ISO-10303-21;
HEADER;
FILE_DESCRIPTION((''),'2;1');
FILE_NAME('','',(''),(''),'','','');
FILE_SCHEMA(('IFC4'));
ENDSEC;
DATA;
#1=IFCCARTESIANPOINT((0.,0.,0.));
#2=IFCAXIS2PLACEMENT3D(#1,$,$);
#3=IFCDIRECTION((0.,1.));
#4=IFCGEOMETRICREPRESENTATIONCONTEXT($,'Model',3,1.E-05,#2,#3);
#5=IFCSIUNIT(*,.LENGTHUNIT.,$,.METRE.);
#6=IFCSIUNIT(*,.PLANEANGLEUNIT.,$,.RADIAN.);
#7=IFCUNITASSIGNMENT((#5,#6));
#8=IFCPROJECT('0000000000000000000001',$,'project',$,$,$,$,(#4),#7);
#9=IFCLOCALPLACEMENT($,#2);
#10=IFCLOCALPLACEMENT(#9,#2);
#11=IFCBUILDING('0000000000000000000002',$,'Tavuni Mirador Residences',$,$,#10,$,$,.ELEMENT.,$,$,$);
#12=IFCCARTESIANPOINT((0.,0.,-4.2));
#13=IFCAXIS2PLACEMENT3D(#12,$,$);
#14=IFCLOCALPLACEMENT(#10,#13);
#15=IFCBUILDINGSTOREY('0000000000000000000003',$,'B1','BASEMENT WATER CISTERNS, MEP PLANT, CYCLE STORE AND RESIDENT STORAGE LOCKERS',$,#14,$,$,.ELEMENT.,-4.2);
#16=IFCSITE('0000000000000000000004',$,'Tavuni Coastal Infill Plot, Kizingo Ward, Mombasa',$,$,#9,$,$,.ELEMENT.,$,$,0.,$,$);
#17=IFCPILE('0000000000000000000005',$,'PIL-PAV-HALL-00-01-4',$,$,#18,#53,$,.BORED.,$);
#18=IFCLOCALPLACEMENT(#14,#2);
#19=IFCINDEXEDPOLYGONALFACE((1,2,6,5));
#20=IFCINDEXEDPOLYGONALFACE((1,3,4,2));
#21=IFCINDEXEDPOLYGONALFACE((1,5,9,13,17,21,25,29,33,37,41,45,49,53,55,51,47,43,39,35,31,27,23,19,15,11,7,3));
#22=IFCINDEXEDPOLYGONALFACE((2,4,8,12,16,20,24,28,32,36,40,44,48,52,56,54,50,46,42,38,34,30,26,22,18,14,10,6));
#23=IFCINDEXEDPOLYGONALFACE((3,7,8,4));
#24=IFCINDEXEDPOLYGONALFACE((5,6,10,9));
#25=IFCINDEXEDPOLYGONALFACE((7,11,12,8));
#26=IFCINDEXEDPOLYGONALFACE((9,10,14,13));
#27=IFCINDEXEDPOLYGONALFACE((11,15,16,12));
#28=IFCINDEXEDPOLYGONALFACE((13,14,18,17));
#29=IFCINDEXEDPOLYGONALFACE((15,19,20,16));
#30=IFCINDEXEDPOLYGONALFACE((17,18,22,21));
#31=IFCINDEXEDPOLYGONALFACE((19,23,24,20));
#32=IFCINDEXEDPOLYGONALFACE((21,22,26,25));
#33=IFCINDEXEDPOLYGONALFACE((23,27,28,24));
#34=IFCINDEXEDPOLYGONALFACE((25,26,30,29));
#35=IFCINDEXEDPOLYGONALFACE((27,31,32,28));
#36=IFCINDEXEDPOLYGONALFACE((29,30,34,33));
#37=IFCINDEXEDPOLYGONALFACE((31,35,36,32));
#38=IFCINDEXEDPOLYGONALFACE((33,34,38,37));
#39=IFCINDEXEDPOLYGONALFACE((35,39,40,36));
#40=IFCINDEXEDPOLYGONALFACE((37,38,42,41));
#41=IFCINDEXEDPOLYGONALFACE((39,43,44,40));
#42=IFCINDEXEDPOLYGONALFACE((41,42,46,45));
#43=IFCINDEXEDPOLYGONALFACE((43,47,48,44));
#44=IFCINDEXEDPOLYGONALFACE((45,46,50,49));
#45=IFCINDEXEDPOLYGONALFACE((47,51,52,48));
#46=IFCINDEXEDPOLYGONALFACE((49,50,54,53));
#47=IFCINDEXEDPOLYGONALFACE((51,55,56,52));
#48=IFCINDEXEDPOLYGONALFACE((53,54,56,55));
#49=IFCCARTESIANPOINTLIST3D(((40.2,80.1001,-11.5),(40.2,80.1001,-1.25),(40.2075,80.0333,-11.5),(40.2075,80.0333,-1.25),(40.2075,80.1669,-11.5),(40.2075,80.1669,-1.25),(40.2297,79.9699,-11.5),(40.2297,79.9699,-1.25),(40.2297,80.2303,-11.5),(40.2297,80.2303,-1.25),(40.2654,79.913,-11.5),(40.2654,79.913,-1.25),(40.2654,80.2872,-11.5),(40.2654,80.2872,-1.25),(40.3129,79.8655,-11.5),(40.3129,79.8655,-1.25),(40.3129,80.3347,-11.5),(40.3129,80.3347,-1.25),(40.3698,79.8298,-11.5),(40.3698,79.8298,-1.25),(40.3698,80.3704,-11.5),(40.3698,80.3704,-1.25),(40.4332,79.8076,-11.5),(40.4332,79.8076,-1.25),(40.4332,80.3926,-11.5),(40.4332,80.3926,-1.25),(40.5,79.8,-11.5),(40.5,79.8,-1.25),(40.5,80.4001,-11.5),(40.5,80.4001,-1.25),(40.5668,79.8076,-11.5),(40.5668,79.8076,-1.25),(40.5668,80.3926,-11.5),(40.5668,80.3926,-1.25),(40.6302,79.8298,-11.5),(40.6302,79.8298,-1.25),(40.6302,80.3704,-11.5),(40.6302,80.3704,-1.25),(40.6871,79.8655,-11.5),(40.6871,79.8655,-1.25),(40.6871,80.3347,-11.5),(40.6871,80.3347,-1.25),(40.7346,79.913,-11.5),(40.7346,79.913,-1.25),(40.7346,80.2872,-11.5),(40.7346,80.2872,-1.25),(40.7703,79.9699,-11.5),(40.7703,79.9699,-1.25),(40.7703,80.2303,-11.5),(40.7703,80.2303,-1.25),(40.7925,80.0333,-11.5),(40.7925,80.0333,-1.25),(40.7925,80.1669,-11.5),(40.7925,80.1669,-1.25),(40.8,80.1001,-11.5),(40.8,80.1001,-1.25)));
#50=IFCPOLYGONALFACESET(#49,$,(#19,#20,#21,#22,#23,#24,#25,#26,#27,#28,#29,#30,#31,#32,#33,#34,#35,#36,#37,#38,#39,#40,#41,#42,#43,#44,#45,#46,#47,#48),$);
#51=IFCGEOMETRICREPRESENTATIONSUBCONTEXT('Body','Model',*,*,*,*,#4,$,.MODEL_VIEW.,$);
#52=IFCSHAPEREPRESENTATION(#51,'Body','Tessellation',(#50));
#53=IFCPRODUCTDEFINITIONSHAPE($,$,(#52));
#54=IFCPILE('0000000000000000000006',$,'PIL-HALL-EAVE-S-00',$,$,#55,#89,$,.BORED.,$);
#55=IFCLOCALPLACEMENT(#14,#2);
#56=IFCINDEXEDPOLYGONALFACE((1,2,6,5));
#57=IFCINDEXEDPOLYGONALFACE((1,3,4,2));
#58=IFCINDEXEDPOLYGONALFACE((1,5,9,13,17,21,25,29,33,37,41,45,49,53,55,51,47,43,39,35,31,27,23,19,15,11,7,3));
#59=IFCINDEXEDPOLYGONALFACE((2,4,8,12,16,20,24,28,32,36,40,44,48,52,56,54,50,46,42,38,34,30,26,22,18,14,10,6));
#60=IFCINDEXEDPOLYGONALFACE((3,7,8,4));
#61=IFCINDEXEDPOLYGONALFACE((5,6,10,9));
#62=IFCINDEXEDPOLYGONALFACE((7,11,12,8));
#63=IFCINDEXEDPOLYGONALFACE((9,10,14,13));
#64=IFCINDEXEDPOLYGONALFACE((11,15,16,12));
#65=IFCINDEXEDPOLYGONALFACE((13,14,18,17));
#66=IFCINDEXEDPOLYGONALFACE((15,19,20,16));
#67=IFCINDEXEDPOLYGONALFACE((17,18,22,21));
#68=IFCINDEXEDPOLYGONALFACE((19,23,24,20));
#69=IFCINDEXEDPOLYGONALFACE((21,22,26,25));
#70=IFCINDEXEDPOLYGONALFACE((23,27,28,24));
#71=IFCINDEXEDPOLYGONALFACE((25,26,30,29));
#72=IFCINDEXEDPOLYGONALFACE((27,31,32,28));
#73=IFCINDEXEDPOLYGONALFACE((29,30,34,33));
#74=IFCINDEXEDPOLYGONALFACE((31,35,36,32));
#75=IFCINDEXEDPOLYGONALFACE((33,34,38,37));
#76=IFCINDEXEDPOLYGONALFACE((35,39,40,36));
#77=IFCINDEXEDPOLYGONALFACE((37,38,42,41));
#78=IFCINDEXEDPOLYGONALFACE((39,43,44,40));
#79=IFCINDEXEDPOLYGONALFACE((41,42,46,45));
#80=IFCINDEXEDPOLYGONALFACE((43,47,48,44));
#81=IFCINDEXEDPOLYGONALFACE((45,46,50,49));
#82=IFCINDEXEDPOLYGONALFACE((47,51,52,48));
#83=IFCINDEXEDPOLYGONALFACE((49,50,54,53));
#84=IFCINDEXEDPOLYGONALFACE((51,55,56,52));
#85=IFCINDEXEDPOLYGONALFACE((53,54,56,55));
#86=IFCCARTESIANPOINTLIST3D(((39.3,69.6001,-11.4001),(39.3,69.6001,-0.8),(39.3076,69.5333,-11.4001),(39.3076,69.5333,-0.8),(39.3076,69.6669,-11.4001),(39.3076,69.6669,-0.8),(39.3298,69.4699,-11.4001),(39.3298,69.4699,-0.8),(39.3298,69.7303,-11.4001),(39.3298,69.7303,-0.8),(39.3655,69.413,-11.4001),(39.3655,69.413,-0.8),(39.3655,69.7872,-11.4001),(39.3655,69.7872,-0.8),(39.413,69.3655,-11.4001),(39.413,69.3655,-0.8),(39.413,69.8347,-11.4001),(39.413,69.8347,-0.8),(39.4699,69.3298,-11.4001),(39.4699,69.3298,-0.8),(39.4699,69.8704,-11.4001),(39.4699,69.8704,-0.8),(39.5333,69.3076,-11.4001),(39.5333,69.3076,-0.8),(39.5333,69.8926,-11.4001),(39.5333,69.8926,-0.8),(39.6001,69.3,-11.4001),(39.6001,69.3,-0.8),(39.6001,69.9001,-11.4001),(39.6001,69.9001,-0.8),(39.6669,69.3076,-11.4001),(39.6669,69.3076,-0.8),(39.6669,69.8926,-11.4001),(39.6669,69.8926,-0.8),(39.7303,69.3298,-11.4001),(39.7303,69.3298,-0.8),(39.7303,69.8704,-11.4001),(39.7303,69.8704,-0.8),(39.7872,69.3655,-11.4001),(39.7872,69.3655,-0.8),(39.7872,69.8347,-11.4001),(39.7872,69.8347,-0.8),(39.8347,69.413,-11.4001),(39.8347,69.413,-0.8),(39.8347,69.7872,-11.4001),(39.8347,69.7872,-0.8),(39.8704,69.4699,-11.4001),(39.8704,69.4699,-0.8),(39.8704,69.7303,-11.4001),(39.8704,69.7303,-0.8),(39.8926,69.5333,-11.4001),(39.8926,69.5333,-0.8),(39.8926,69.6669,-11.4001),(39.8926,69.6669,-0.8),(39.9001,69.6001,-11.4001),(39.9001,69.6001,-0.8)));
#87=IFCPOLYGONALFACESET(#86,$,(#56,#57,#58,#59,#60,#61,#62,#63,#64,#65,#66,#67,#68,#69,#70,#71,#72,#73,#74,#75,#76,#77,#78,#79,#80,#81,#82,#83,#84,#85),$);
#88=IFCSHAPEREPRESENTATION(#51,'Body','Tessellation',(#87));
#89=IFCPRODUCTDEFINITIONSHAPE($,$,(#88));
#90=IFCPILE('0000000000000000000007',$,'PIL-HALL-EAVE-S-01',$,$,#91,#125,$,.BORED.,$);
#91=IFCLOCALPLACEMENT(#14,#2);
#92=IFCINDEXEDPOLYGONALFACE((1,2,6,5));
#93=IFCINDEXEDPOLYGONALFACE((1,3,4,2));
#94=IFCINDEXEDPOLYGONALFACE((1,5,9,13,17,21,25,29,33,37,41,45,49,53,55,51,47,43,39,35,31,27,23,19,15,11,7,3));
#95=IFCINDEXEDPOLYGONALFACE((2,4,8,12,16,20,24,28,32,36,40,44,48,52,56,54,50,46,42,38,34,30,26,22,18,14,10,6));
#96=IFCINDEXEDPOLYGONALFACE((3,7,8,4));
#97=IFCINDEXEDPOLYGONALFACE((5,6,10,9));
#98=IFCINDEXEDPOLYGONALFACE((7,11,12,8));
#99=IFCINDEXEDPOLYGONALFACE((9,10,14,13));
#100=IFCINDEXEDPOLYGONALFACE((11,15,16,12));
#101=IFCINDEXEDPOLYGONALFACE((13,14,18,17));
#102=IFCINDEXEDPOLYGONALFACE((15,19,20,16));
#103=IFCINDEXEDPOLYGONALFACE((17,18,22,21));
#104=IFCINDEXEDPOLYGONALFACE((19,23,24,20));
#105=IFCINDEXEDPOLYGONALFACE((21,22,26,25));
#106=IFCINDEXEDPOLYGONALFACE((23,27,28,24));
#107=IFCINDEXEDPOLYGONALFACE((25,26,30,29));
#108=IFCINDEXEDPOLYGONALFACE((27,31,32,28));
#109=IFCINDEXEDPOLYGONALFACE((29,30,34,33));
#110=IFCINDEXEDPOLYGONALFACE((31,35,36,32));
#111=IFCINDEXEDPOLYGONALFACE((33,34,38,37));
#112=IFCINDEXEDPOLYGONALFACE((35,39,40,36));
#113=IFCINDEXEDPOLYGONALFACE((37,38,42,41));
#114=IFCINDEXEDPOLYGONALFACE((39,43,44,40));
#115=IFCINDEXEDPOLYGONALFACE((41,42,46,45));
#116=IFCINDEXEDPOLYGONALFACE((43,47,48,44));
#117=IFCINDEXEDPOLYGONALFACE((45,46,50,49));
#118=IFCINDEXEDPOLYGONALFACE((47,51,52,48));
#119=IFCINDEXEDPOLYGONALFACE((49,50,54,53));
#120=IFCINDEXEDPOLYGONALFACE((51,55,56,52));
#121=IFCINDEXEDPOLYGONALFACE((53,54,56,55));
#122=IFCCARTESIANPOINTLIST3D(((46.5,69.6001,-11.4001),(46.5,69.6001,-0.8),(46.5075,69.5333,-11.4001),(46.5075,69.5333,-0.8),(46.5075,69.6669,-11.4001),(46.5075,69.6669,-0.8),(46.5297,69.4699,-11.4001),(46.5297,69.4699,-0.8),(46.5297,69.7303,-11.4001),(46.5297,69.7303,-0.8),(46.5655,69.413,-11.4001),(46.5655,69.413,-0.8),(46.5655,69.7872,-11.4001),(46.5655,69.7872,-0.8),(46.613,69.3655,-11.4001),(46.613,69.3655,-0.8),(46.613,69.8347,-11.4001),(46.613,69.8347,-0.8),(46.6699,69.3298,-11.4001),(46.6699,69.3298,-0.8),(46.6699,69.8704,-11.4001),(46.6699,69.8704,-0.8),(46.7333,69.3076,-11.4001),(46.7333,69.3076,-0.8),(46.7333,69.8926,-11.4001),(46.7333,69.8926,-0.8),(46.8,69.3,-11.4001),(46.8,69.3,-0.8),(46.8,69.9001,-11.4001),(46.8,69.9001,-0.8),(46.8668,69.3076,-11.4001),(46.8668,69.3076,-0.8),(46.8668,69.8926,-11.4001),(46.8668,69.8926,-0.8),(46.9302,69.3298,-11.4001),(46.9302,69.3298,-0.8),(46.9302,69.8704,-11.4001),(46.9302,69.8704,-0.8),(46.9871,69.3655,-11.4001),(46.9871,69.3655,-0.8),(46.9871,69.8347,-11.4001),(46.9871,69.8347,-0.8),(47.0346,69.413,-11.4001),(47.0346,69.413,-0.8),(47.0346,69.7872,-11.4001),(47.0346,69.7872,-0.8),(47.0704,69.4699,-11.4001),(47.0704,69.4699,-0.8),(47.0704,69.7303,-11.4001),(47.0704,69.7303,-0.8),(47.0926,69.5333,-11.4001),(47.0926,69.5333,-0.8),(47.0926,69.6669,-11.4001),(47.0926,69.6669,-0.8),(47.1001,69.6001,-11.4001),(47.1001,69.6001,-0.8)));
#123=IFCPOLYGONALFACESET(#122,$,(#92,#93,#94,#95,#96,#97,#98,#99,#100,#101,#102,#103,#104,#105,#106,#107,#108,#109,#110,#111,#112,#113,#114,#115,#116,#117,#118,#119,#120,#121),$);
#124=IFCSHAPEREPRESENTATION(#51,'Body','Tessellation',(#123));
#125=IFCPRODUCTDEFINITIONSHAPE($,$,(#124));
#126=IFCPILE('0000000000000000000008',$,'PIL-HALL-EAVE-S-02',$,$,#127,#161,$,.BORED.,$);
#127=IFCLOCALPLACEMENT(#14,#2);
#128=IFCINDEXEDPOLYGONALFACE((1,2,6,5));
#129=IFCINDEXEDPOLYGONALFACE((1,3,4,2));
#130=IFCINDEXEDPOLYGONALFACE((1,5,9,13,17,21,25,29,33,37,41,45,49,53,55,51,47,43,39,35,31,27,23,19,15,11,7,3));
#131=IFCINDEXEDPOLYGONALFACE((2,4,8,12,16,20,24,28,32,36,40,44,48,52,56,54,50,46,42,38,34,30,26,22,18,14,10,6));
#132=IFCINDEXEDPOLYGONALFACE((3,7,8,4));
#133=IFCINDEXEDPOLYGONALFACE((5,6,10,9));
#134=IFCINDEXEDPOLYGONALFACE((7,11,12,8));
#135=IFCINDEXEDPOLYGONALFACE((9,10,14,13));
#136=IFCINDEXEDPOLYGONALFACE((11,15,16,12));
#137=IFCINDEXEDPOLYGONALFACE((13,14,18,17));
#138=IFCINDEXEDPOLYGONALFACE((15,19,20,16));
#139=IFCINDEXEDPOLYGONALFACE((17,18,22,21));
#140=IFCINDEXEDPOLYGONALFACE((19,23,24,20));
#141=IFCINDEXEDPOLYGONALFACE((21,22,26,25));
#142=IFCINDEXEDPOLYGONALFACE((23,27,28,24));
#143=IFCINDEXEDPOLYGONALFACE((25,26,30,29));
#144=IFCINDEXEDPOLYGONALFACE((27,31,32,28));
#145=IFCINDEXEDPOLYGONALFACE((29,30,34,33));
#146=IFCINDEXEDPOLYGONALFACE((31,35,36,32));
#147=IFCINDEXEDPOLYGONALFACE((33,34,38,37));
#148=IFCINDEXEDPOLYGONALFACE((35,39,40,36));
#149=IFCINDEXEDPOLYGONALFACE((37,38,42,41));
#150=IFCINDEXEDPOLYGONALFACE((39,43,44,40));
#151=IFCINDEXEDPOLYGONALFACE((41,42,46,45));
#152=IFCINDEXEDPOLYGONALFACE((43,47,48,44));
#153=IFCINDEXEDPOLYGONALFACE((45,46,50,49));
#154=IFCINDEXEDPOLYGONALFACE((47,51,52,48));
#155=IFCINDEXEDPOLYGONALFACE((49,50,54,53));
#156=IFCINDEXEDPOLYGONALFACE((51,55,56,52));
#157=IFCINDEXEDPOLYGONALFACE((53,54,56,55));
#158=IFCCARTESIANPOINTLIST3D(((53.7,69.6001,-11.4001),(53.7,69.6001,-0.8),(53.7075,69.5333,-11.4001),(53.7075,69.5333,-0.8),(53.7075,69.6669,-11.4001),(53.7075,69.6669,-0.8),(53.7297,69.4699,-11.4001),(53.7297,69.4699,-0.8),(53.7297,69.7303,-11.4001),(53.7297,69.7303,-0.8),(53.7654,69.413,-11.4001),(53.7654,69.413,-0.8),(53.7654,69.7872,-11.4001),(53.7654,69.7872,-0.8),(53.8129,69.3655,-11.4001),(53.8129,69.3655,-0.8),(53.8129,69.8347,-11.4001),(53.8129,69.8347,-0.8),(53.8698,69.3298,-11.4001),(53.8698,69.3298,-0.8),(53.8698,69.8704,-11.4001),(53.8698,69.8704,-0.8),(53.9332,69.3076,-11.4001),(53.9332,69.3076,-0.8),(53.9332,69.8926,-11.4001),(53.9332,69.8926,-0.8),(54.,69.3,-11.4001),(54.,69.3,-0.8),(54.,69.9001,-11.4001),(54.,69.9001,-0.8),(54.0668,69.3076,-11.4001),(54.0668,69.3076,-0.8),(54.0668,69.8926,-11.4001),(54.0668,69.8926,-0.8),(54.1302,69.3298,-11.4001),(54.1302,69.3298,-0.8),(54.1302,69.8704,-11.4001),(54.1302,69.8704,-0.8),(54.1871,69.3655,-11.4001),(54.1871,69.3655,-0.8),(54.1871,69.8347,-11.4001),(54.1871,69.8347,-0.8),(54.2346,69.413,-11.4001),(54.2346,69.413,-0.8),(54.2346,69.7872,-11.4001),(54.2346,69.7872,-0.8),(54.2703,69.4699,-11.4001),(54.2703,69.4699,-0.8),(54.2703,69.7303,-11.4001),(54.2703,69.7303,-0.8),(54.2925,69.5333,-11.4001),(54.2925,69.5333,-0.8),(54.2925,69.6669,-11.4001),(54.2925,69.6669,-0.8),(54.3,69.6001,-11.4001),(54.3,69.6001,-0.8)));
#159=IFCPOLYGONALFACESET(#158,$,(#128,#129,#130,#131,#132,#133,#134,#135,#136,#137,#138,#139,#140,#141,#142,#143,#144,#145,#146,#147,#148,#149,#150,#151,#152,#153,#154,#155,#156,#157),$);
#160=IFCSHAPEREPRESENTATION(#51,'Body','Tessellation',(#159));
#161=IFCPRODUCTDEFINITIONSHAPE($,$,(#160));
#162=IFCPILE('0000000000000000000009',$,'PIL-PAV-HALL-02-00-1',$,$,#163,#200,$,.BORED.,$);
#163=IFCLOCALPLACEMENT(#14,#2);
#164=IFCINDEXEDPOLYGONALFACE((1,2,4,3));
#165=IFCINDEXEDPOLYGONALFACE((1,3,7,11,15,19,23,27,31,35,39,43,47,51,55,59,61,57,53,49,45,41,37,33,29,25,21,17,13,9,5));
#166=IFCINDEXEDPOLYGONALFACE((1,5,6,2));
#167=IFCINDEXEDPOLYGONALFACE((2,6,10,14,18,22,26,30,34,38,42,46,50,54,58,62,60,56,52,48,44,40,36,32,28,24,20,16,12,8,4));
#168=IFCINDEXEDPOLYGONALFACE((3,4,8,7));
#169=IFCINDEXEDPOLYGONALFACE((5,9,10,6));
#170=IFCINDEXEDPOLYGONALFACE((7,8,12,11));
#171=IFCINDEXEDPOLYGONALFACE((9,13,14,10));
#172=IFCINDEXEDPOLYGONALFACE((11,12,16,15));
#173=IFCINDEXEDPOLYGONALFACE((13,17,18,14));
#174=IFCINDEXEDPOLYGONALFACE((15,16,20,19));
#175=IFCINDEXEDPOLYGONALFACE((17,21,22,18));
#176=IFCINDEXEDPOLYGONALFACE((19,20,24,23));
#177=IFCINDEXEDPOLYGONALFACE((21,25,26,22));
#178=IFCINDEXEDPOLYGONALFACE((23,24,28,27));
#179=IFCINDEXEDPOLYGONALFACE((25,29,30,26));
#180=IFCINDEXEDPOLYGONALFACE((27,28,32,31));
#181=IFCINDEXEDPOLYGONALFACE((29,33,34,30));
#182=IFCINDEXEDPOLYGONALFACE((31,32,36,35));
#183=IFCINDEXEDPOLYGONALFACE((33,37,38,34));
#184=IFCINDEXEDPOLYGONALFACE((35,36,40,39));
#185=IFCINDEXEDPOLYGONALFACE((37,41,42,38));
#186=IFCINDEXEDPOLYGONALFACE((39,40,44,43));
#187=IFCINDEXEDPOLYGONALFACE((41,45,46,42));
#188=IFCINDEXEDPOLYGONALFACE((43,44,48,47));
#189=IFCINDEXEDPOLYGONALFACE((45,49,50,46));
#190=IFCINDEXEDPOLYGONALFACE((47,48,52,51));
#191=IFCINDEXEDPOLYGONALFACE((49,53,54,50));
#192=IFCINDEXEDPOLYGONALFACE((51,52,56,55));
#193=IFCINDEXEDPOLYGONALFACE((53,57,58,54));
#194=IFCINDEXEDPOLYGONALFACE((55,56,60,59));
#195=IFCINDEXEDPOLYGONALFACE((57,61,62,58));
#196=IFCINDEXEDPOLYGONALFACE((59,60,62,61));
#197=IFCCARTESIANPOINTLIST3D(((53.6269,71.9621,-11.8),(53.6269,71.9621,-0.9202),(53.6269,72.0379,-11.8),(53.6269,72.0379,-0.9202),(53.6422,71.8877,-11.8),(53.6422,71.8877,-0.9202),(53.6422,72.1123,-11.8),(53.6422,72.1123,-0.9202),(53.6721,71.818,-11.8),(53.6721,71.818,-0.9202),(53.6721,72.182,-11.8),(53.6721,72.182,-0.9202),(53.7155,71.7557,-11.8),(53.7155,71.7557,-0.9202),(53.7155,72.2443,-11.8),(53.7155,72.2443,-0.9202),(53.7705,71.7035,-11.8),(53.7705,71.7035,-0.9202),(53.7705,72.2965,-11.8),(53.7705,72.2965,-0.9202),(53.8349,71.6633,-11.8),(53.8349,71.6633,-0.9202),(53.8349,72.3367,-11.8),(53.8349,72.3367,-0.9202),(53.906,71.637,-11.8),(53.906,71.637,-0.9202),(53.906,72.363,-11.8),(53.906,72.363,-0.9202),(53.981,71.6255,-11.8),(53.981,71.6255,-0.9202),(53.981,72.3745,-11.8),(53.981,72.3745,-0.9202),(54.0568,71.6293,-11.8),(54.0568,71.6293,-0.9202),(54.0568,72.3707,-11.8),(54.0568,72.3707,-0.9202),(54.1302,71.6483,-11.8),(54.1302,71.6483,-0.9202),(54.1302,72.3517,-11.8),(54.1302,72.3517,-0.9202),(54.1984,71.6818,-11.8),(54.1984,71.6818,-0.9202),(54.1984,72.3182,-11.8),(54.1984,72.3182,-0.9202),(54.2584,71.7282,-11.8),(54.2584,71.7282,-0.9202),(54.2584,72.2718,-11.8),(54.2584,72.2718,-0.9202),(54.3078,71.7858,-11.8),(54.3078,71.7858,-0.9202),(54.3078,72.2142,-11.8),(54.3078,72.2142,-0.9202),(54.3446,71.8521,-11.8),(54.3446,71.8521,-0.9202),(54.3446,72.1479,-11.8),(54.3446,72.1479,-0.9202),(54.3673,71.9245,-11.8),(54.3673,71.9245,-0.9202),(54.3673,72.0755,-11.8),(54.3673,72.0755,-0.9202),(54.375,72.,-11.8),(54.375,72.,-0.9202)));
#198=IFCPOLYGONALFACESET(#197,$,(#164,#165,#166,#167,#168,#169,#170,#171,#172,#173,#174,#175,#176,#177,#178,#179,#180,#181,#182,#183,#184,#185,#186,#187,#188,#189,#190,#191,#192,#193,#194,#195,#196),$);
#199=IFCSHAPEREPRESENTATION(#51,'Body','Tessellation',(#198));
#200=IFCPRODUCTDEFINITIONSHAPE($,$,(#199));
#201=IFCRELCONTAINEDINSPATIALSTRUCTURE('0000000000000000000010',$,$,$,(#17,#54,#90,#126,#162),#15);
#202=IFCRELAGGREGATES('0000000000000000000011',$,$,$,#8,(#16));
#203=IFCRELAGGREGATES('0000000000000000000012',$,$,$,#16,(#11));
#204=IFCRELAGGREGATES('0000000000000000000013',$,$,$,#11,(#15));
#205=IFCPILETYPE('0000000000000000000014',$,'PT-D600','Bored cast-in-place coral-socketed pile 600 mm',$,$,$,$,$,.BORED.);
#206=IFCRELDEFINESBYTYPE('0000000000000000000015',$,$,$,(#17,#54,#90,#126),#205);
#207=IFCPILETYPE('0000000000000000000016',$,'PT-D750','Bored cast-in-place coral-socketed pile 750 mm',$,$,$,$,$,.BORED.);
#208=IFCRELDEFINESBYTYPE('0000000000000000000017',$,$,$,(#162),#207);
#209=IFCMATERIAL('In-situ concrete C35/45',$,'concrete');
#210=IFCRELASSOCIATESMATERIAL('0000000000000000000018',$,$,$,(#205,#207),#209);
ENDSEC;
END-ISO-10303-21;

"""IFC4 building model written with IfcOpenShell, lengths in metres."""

from ifc_helpers import new_model, si_unit, direction, frame, origin, origin_2d, place, context, subcontext, project, spatial, circle, extrude, material, material_profile, profile_set, type_object, element, save


model = new_model("IFC4")

# Units and contexts
model_context = context("Model", 3, precision=1e-05, world=origin(), true_north=direction((0.0, 1.0)))
body_context = subcontext(model_context, "Body", "Model", "MODEL_VIEW")
ifc_project = project(units=[si_unit("LENGTHUNIT", "METRE"), si_unit("PLANEANGLEUNIT", "RADIAN")], contexts=[model_context])

# Site, building, storey
site_placement = place(None, origin())
site = spatial("IfcSite", under=ifc_project, at=site_placement, Name="Tavuni Coastal Infill Plot, Kizingo Ward, Mombasa", CompositionType="ELEMENT", RefElevation=0.0)
building_placement = place(site_placement, origin())
building = spatial("IfcBuilding", under=site, at=building_placement, Name="Tavuni Mirador Residences", CompositionType="ELEMENT")
storey_placement = place(building_placement, frame((0.0, 0.0, -4.2)))
storey = spatial("IfcBuildingStorey", under=building, at=storey_placement, Name="B1", Description="BASEMENT WATER CISTERNS, MEP PLANT, CYCLE STORE AND RESIDENT STORAGE LOCKERS", CompositionType="ELEMENT", Elevation=-4.2)

# Shared definitions
ifc_material_1 = material(Name="In-situ concrete C35/45", Category="concrete")

# Piles
ifc_material_profile_1 = material_profile(ifc_material_1, circle(Radius=0.3, at=origin_2d()), Name="PILE D600", Category="concrete")
ifc_profile_set_1 = profile_set([ifc_material_profile_1], Name="In-situ concrete C35/45")
pile_type_1 = type_object("IfcPileType", Name="PT-D600", Description="Bored cast-in-place coral-socketed pile 600 mm", PredefinedType="BORED", material=ifc_profile_set_1)
for number, where, z_axis, x_axis, name in (
    (1, (40.5, 80.1001, -1.25), (0.0, 0.0, -1.0), (1.0, 0.0, 0.0), "PIL-PAV-HALL-00-01-4"),
):
    element("IfcPile", number, at=place(storey_placement, frame(where, z_axis=z_axis, x_axis=x_axis)), inside=storey, type_object=pile_type_1, Name=name, PredefinedType="BORED", context=body_context, shape_type="SweptSolid", body=[
        extrude(circle(Radius=0.3, at=origin_2d()), origin(), (0.0, 0.0, 1.0), 10.25),
    ])
for number, where, z_axis, x_axis, name in (
    (2, (39.6001, 69.6001, -0.8), (0.0, 0.0, -1.0), (1.0, 0.0, 0.0), "PIL-HALL-EAVE-S-00"),
    (3, (46.8, 69.6001, -0.8), (0.0, 0.0, -1.0), (1.0, 0.0, 0.0), "PIL-HALL-EAVE-S-01"),
    (4, (54.0, 69.6001, -0.8), (0.0, 0.0, -1.0), (1.0, 0.0, 0.0), "PIL-HALL-EAVE-S-02"),
):
    element("IfcPile", number, at=place(storey_placement, frame(where, z_axis=z_axis, x_axis=x_axis)), inside=storey, type_object=pile_type_1, Name=name, PredefinedType="BORED", context=body_context, shape_type="SweptSolid", body=[
        extrude(circle(Radius=0.3, at=origin_2d()), origin(), (0.0, 0.0, 1.0), 10.6001),
    ])
ifc_material_profile_2 = material_profile(ifc_material_1, circle(Radius=0.375, at=origin_2d()), Name="PILE D750", Category="concrete")
ifc_profile_set_2 = profile_set([ifc_material_profile_2], Name="In-situ concrete C35/45")
pile_type_2 = type_object("IfcPileType", Name="PT-D750", Description="Bored cast-in-place coral-socketed pile 750 mm", PredefinedType="BORED", material=ifc_profile_set_2)
pile_1_placement = place(storey_placement, frame((54.0, 72.0, -0.9202), z_axis=(0.0, 0.0, -1.0), x_axis=(1.0, 0.0, 0.0)))
element("IfcPile", 5, at=pile_1_placement, inside=storey, type_object=pile_type_2, Name="PIL-PAV-HALL-02-00-1", PredefinedType="BORED", context=body_context, shape_type="SweptSolid", body=[
    extrude(circle(Radius=0.375, at=origin_2d()), origin(), (0.0, 0.0, 1.0), 10.8799),
])

save(model, "model.ifc")
